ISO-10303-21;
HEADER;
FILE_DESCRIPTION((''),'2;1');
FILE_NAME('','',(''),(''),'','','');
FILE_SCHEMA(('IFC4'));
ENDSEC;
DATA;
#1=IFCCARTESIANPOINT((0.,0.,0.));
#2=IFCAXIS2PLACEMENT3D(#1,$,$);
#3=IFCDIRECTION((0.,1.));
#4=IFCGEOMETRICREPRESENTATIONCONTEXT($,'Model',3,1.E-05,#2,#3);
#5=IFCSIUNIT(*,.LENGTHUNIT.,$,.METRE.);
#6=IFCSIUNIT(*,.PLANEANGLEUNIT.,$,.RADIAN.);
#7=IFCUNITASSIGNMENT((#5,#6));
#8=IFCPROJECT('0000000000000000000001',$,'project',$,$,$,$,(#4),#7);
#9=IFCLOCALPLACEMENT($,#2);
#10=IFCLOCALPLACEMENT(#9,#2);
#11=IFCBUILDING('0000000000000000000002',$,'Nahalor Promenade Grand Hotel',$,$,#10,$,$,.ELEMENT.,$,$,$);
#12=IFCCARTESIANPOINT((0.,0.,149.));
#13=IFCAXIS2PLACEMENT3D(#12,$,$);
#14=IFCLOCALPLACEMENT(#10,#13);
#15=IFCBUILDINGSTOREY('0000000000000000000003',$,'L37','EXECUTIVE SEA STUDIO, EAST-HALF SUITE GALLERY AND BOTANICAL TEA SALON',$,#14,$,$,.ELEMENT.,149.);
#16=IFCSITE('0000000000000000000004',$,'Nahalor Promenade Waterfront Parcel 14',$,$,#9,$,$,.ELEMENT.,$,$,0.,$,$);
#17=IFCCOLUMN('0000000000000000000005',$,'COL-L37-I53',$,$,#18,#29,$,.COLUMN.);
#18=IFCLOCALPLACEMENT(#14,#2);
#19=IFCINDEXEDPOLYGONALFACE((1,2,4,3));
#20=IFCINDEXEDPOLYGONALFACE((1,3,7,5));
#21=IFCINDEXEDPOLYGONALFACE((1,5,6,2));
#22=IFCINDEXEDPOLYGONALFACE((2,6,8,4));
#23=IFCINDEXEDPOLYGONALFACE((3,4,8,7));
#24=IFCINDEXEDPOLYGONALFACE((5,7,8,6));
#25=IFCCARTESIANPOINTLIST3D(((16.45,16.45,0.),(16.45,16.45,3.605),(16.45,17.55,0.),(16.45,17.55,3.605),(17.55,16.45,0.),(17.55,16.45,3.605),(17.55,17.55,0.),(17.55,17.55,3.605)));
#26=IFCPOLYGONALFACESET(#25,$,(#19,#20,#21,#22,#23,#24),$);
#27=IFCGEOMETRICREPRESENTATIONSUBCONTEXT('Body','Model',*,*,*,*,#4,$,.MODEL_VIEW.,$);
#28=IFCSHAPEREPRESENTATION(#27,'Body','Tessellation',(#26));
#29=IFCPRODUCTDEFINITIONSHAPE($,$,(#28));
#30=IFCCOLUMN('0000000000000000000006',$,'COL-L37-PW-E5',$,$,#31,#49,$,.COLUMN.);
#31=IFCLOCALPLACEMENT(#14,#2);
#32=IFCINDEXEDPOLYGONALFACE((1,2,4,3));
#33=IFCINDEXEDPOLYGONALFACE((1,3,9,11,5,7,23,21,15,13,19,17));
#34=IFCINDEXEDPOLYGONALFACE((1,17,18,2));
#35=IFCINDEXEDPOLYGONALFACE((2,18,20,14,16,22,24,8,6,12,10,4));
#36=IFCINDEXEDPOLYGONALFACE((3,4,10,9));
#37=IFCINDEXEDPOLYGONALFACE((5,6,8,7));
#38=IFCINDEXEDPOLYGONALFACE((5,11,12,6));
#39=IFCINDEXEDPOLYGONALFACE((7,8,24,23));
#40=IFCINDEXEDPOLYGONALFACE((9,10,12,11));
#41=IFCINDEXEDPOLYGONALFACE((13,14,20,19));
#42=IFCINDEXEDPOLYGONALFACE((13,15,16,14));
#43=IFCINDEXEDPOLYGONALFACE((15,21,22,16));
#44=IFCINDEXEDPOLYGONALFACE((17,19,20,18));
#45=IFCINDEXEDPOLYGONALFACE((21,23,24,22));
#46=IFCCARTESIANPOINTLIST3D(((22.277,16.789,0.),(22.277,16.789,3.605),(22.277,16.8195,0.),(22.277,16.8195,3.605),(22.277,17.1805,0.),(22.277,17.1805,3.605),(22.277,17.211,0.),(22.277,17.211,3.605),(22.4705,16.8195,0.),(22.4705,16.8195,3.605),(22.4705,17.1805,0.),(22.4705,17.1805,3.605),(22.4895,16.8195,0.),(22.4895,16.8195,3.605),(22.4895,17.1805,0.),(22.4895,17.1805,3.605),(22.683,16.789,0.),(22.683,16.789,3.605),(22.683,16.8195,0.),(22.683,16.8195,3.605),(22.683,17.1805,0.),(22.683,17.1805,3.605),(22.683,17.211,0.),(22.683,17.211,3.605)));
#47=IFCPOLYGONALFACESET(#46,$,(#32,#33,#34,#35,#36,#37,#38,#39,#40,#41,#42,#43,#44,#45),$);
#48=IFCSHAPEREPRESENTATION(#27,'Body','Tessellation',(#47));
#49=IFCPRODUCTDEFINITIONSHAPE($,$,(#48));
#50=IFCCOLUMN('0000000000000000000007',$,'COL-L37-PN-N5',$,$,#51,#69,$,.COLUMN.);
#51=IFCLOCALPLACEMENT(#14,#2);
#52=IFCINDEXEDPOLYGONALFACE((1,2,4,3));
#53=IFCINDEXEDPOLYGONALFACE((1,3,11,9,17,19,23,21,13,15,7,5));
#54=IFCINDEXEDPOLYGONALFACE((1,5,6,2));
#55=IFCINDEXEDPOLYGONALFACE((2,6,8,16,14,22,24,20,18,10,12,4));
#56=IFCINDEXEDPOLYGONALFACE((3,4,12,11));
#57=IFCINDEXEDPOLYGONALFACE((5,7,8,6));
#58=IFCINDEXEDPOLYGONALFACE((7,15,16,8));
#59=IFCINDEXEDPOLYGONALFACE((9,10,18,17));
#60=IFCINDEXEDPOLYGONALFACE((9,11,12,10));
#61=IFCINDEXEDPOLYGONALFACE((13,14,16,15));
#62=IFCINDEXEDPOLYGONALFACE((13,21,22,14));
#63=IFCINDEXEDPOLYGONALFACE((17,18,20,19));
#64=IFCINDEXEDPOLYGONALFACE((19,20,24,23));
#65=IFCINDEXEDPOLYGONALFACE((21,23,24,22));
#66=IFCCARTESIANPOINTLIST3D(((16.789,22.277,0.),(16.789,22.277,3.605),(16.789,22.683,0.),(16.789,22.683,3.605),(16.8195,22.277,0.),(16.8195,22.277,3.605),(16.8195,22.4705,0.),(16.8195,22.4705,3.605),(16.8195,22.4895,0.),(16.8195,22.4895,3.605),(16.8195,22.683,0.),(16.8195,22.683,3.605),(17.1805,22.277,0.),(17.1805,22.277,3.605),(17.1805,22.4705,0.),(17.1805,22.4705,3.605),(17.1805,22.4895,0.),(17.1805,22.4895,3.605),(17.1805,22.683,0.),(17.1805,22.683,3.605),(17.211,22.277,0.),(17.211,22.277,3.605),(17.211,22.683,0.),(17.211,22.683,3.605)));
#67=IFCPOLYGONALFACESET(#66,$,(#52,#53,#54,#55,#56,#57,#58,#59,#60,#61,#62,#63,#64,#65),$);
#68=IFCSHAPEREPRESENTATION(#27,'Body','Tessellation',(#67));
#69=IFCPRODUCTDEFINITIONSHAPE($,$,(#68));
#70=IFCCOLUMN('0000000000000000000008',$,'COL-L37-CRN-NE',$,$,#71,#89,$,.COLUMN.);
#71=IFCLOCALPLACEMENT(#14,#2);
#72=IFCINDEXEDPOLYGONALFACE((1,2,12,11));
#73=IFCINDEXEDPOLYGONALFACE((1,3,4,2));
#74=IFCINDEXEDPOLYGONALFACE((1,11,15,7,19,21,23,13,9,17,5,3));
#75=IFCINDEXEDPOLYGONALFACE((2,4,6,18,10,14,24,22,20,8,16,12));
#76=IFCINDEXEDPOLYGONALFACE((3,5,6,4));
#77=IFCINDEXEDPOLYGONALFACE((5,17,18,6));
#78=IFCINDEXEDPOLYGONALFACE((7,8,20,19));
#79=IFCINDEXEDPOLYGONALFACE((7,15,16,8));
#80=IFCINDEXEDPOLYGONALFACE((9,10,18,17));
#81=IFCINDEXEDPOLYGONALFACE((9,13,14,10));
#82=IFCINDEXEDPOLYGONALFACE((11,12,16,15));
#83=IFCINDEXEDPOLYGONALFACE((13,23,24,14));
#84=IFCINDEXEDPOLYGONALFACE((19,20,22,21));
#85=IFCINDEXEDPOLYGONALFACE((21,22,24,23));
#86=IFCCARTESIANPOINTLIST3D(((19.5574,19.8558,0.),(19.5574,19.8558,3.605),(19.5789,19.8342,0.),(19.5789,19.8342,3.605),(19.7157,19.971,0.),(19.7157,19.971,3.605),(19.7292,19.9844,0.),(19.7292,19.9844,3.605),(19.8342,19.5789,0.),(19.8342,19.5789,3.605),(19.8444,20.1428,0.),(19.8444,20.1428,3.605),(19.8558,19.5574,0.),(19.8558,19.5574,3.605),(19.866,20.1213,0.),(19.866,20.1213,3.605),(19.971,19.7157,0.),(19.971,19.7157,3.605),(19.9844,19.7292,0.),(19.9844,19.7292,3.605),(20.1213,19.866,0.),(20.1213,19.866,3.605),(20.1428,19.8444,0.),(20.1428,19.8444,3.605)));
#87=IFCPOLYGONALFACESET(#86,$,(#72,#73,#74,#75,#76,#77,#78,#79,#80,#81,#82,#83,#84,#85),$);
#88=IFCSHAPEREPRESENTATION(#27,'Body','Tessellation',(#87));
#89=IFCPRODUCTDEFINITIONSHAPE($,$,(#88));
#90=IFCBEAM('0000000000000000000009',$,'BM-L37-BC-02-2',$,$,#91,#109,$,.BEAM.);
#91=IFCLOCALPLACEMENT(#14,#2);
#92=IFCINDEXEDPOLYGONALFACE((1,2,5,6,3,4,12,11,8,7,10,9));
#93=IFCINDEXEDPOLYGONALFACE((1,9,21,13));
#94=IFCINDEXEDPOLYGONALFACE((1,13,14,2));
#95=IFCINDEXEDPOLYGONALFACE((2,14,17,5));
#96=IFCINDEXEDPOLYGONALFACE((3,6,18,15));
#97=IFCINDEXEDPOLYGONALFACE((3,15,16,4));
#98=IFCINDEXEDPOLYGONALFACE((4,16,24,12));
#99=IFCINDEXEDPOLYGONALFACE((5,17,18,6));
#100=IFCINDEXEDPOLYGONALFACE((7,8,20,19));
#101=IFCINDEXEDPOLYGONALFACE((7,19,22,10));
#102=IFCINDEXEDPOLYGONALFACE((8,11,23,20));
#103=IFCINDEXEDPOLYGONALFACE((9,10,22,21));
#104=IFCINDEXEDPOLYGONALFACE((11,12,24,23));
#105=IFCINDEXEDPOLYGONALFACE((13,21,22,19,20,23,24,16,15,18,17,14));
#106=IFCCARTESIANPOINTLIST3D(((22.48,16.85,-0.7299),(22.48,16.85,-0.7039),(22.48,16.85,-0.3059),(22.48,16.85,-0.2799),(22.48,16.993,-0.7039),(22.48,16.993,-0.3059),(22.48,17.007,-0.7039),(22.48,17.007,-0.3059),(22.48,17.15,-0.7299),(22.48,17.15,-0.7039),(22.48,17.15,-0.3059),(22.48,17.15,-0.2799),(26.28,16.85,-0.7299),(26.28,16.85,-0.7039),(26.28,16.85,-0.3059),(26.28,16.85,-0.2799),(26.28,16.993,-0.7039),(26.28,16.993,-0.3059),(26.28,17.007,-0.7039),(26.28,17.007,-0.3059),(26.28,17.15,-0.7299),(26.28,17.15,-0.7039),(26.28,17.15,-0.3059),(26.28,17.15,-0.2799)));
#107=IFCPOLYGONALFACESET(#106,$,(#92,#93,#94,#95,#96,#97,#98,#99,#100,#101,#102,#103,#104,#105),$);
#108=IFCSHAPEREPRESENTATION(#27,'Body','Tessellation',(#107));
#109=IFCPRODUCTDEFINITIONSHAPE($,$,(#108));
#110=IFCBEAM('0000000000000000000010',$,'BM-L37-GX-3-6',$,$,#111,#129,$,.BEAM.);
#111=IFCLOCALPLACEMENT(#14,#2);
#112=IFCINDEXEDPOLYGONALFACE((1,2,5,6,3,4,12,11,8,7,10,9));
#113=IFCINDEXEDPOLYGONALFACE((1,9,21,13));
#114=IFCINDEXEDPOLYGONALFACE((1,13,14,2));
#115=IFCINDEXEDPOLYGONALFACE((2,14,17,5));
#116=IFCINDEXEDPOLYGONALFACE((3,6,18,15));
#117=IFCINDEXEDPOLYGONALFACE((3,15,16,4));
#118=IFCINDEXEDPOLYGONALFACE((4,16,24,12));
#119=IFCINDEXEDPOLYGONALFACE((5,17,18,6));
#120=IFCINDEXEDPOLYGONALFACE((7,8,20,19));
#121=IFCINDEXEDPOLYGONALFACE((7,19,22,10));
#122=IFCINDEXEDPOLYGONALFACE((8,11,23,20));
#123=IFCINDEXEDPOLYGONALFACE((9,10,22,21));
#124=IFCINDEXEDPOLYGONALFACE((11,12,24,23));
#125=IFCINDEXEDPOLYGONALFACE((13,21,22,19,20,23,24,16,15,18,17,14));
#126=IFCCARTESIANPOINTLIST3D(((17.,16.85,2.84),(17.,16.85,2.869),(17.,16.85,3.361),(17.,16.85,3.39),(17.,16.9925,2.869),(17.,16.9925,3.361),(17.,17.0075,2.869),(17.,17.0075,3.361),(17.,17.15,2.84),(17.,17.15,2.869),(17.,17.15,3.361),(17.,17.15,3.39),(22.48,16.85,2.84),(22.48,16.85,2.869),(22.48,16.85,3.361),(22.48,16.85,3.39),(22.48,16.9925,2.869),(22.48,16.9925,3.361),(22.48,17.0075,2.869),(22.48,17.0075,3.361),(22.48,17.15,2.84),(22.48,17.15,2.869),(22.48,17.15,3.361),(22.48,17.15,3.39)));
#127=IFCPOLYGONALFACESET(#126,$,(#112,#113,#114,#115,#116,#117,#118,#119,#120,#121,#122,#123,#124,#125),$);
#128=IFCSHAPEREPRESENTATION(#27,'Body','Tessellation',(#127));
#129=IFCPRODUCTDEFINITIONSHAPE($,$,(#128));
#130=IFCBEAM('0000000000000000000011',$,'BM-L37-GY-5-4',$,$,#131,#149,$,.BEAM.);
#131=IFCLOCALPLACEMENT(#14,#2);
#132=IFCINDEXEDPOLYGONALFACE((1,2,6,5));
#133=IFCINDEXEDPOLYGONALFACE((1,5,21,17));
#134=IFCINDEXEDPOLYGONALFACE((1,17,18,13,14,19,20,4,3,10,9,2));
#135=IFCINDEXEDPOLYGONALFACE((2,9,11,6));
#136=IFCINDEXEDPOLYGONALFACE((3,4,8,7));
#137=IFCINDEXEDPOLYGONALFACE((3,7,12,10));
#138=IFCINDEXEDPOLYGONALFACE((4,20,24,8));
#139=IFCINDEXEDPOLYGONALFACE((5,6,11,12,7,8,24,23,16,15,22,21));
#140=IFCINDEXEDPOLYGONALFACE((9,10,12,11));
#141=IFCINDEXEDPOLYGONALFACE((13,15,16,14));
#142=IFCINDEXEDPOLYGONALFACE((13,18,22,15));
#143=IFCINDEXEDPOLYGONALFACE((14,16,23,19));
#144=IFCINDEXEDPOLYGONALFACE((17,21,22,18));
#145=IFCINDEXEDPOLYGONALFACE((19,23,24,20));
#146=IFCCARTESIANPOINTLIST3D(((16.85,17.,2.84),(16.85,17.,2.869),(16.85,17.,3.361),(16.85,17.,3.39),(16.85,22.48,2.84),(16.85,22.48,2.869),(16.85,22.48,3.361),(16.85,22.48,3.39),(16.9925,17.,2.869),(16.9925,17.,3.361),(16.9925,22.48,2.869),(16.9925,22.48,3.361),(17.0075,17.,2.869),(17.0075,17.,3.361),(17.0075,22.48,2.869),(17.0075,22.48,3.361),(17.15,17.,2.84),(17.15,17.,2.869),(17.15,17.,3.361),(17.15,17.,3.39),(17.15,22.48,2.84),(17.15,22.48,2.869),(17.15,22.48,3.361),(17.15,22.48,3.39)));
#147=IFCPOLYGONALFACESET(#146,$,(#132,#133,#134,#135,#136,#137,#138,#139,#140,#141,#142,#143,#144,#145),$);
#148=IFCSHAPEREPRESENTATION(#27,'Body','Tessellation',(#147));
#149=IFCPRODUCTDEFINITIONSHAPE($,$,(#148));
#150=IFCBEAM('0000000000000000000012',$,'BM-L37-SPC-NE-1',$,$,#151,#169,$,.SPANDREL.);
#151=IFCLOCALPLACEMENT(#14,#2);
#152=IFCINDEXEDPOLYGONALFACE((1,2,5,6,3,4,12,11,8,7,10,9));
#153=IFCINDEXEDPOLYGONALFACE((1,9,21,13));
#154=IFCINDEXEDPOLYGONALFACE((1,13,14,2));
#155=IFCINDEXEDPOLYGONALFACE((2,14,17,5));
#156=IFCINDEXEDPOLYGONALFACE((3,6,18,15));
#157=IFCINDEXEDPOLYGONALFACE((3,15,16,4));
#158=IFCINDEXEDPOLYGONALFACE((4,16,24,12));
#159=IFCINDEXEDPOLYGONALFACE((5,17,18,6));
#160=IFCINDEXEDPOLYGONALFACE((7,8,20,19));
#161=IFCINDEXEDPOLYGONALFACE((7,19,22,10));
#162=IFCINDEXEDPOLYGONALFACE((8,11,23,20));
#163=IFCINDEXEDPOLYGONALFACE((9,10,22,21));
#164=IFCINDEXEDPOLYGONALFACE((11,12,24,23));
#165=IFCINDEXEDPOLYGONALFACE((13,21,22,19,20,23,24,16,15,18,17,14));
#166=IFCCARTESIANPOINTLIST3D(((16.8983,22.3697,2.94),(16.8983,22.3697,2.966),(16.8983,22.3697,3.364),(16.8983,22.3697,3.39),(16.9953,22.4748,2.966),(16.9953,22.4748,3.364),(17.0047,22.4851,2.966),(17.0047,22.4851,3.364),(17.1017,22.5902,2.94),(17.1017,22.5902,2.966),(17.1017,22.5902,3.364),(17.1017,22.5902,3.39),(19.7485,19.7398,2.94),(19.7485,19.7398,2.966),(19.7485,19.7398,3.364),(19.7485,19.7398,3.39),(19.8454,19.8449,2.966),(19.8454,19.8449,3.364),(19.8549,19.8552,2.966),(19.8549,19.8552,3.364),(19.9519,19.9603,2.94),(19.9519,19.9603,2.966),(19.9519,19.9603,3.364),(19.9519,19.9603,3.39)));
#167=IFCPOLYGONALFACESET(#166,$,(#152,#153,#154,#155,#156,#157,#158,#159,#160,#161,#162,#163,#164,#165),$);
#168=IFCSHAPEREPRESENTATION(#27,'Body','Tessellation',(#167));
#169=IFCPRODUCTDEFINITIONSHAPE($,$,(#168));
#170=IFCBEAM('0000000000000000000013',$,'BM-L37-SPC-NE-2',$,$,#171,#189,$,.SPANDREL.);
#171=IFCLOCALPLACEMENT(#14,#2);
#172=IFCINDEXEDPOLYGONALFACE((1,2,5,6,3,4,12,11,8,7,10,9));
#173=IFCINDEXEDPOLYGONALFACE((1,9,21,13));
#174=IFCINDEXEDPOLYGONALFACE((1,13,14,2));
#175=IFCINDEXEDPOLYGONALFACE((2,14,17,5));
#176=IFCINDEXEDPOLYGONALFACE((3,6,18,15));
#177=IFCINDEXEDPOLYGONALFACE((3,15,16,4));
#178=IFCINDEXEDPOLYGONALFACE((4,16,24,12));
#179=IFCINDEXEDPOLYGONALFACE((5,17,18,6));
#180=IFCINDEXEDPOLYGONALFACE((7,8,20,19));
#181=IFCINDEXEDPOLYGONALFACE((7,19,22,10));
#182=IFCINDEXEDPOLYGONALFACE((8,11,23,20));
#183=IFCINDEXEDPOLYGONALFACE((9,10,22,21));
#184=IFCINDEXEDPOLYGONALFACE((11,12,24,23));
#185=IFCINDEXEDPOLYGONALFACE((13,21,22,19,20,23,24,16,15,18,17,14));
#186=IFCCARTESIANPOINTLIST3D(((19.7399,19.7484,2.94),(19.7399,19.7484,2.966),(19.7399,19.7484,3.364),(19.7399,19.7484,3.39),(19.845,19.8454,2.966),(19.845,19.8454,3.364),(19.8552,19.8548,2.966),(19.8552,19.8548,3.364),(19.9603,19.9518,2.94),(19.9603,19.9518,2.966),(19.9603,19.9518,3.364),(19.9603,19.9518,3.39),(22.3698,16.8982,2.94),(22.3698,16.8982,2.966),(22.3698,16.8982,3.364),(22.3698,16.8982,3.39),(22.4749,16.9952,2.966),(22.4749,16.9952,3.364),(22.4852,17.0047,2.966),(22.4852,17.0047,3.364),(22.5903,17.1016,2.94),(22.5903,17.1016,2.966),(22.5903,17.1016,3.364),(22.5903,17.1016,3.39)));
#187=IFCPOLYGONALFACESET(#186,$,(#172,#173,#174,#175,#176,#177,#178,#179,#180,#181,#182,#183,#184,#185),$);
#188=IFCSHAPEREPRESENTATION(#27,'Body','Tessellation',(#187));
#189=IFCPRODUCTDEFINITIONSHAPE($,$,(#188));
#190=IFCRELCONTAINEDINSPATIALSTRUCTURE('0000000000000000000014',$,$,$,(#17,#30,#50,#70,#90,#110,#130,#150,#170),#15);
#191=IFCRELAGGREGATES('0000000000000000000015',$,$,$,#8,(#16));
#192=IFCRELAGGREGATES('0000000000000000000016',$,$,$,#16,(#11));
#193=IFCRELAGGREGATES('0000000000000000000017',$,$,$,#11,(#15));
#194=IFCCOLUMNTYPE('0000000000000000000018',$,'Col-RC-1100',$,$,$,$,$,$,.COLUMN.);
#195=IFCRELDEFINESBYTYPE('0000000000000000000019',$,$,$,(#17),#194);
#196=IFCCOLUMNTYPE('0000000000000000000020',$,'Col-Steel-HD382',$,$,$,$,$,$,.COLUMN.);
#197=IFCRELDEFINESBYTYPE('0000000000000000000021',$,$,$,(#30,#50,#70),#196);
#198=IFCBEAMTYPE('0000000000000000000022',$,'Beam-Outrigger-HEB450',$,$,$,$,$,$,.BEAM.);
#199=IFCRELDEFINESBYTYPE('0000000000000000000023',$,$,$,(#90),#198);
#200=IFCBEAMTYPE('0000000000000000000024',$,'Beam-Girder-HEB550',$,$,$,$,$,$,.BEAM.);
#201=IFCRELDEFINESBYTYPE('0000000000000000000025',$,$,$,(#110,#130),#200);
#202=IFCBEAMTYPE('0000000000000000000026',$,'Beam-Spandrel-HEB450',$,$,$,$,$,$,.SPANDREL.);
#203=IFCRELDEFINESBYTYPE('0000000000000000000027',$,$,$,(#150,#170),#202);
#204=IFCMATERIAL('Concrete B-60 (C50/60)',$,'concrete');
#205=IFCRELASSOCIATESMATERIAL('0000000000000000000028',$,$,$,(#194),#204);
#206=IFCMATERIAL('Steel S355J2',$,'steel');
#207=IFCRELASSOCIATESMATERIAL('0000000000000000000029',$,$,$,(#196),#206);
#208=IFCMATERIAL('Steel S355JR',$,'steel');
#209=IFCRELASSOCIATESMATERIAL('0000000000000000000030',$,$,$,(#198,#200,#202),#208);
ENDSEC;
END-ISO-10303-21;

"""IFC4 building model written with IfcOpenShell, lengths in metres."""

from ifc_helpers import new_model, si_unit, direction, frame, origin, origin_2d, place, context, subcontext, project, spatial, rectangle, i_section, extrude, source, transform, mapped, material, material_profile, profile_set, type_object, element, save


model = new_model("IFC4")

# Units and contexts
model_context = context("Model", 3, precision=1e-05, world=origin(), true_north=direction((0.0, 1.0)))
body_context = subcontext(model_context, "Body", "Model", "MODEL_VIEW")
ifc_project = project(units=[si_unit("LENGTHUNIT", "METRE"), si_unit("PLANEANGLEUNIT", "RADIAN")], contexts=[model_context])

# Site, building, storey
site_placement = place(None, origin())
site = spatial("IfcSite", under=ifc_project, at=site_placement, Name="Nahalor Promenade Waterfront Parcel 14", CompositionType="ELEMENT", RefElevation=0.0)
building_placement = place(site_placement, origin())
building = spatial("IfcBuilding", under=site, at=building_placement, Name="Nahalor Promenade Grand Hotel", CompositionType="ELEMENT")
storey_placement = place(building_placement, frame((0.0, 0.0, 149.0)))
storey = spatial("IfcBuildingStorey", under=building, at=storey_placement, Name="L37", Description="EXECUTIVE SEA STUDIO, EAST-HALF SUITE GALLERY AND BOTANICAL TEA SALON", CompositionType="ELEMENT", Elevation=149.0)

# Columns
ifc_material_1 = material(Name="Concrete B-60 (C50/60)", Category="concrete")
ifc_material_profile_1 = material_profile(ifc_material_1, rectangle(XDim=1.1, YDim=1.1, at=origin_2d()), Name="RC 1100x1100")
ifc_profile_set_1 = profile_set([ifc_material_profile_1], Name="Concrete B-60 (C50/60)")
column_type_1 = type_object("IfcColumnType", Name="Col-RC-1100", PredefinedType="COLUMN", material=ifc_profile_set_1)
shared_shape_1 = source(origin(), body_context, "Body", "SweptSolid", [
    extrude(rectangle(XDim=1.1, YDim=1.1, at=origin_2d()), origin(), (0.0, 0.0, 1.0), 3.605),
])
column_placement = place(storey_placement, frame((17.0, 17.0, 0.0), z_axis=(0.0, 0.0, 1.0), x_axis=(1.0, 0.0, 0.0)))
element("IfcColumn", 1, at=column_placement, inside=storey, type_object=column_type_1, Name="COL-L37-I53", PredefinedType="COLUMN", context=body_context, shape_type="MappedRepresentation", body=[
    mapped(shared_shape_1, transform((0.0, 0.0, 0.0), scale=1.0)),
])
ifc_material_2 = material(Name="Steel S355J2", Category="steel")
ifc_material_profile_2 = material_profile(ifc_material_2, i_section(OverallWidth=0.406, OverallDepth=0.422, WebThickness=0.019, FlangeThickness=0.0305, at=origin_2d()), Name="HD 400x382")
ifc_profile_set_2 = profile_set([ifc_material_profile_2], Name="Steel S355J2")
column_type_2 = type_object("IfcColumnType", Name="Col-Steel-HD382", PredefinedType="COLUMN", material=ifc_profile_set_2)
shared_shape_2 = source(origin(), body_context, "Body", "SweptSolid", [
    extrude(i_section(OverallWidth=0.406, OverallDepth=0.422, WebThickness=0.019, FlangeThickness=0.0305, at=origin_2d()), origin(), (0.0, 0.0, 1.0), 3.605),
])
for number, where, z_axis, x_axis, name in (
    (2, (22.48, 17.0, 0.0), (0.0, 0.0, 1.0), (1.0, 0.0, 0.0), "COL-L37-PW-E5"),
    (3, (17.0, 22.48, 0.0), (0.0, 0.0, 1.0), (0.0, 1.0, 0.0), "COL-L37-PN-N5"),
    (4, (19.8501, 19.8501, 0.0), (0.0, 0.0, 1.0), (0.707107, 0.707107, 0.0), "COL-L37-CRN-NE"),
):
    element("IfcColumn", number, at=place(storey_placement, frame(where, z_axis=z_axis, x_axis=x_axis)), inside=storey, type_object=column_type_2, Name=name, PredefinedType="COLUMN", context=body_context, shape_type="MappedRepresentation", body=[
        mapped(shared_shape_2, transform((0.0, 0.0, 0.0), scale=1.0)),
    ])

# Beams
ifc_material_3 = material(Name="Steel S355JR", Category="steel")
ifc_material_profile_3 = material_profile(ifc_material_3, i_section(OverallWidth=0.3, OverallDepth=0.45, WebThickness=0.014, FlangeThickness=0.026, at=origin_2d()), Name="HEB 450")
ifc_profile_set_3 = profile_set([ifc_material_profile_3], Name="Steel S355JR")
beam_type_1 = type_object("IfcBeamType", Name="Beam-Outrigger-HEB450", PredefinedType="BEAM", material=ifc_profile_set_3)
shared_shape_3 = source(origin(), body_context, "Body", "SweptSolid", [
    extrude(i_section(OverallWidth=0.3, OverallDepth=0.45, WebThickness=0.014, FlangeThickness=0.026, at=origin_2d()), origin(), (0.0, 0.0, 1.0), 3.8),
])
beam_placement = place(storey_placement, frame((22.48, 17.0, -0.5049), z_axis=(1.0, 0.0, 0.0), x_axis=(0.0, 1.0, 0.0)))
element("IfcBeam", 5, at=beam_placement, inside=storey, type_object=beam_type_1, Name="BM-L37-BC-02-2", PredefinedType="BEAM", context=body_context, shape_type="MappedRepresentation", body=[
    mapped(shared_shape_3, transform((0.0, 0.0, 0.0), scale=1.0)),
])
ifc_material_profile_4 = material_profile(ifc_material_3, i_section(OverallWidth=0.3, OverallDepth=0.55, WebThickness=0.015, FlangeThickness=0.029, at=origin_2d()), Name="HEB 550")
ifc_profile_set_4 = profile_set([ifc_material_profile_4], Name="Steel S355JR")
beam_type_2 = type_object("IfcBeamType", Name="Beam-Girder-HEB550", PredefinedType="BEAM", material=ifc_profile_set_4)
shared_shape_4 = source(origin(), body_context, "Body", "SweptSolid", [
    extrude(i_section(OverallWidth=0.3, OverallDepth=0.55, WebThickness=0.015, FlangeThickness=0.029, at=origin_2d()), origin(), (0.0, 0.0, 1.0), 5.48),
])
for number, where, z_axis, x_axis, name in (
    (6, (17.0, 17.0, 3.115), (1.0, 0.0, 0.0), (0.0, 1.0, 0.0), "BM-L37-GX-3-6"),
    (7, (17.0, 17.0, 3.115), (0.0, 1.0, 0.0), (-1.0, 0.0, 0.0), "BM-L37-GY-5-4"),
):
    element("IfcBeam", number, at=place(storey_placement, frame(where, z_axis=z_axis, x_axis=x_axis)), inside=storey, type_object=beam_type_2, Name=name, PredefinedType="BEAM", context=body_context, shape_type="MappedRepresentation", body=[
        mapped(shared_shape_4, transform((0.0, 0.0, 0.0), scale=1.0)),
    ])
ifc_material_profile_5 = material_profile(ifc_material_3, i_section(OverallWidth=0.3, OverallDepth=0.45, WebThickness=0.014, FlangeThickness=0.026, at=origin_2d()), Name="HEB 450")
ifc_profile_set_5 = profile_set([ifc_material_profile_5], Name="Steel S355JR")
beam_type_3 = type_object("IfcBeamType", Name="Beam-Spandrel-HEB450", PredefinedType="SPANDREL", material=ifc_profile_set_5)
shared_shape_5 = source(origin(), body_context, "Body", "SweptSolid", [
    extrude(i_section(OverallWidth=0.3, OverallDepth=0.45, WebThickness=0.014, FlangeThickness=0.026, at=origin_2d()), origin(), (0.0, 0.0, 1.0), 3.8782),
])
for number, where, z_axis, x_axis, name in (
    (8, (17.0, 22.48, 3.165), (0.734929, -0.678144, 0.0), (0.678144, 0.734929, 0.0), "BM-L37-SPC-NE-1"),
    (9, (19.8501, 19.8501, 3.165), (0.678144, -0.734929, 0.0), (0.734929, 0.678144, 0.0), "BM-L37-SPC-NE-2"),
):
    element("IfcBeam", number, at=place(storey_placement, frame(where, z_axis=z_axis, x_axis=x_axis)), inside=storey, type_object=beam_type_3, Name=name, PredefinedType="SPANDREL", context=body_context, shape_type="MappedRepresentation", body=[
        mapped(shared_shape_5, transform((0.0, 0.0, 0.0), scale=1.0)),
    ])

save(model, "model.ifc")
